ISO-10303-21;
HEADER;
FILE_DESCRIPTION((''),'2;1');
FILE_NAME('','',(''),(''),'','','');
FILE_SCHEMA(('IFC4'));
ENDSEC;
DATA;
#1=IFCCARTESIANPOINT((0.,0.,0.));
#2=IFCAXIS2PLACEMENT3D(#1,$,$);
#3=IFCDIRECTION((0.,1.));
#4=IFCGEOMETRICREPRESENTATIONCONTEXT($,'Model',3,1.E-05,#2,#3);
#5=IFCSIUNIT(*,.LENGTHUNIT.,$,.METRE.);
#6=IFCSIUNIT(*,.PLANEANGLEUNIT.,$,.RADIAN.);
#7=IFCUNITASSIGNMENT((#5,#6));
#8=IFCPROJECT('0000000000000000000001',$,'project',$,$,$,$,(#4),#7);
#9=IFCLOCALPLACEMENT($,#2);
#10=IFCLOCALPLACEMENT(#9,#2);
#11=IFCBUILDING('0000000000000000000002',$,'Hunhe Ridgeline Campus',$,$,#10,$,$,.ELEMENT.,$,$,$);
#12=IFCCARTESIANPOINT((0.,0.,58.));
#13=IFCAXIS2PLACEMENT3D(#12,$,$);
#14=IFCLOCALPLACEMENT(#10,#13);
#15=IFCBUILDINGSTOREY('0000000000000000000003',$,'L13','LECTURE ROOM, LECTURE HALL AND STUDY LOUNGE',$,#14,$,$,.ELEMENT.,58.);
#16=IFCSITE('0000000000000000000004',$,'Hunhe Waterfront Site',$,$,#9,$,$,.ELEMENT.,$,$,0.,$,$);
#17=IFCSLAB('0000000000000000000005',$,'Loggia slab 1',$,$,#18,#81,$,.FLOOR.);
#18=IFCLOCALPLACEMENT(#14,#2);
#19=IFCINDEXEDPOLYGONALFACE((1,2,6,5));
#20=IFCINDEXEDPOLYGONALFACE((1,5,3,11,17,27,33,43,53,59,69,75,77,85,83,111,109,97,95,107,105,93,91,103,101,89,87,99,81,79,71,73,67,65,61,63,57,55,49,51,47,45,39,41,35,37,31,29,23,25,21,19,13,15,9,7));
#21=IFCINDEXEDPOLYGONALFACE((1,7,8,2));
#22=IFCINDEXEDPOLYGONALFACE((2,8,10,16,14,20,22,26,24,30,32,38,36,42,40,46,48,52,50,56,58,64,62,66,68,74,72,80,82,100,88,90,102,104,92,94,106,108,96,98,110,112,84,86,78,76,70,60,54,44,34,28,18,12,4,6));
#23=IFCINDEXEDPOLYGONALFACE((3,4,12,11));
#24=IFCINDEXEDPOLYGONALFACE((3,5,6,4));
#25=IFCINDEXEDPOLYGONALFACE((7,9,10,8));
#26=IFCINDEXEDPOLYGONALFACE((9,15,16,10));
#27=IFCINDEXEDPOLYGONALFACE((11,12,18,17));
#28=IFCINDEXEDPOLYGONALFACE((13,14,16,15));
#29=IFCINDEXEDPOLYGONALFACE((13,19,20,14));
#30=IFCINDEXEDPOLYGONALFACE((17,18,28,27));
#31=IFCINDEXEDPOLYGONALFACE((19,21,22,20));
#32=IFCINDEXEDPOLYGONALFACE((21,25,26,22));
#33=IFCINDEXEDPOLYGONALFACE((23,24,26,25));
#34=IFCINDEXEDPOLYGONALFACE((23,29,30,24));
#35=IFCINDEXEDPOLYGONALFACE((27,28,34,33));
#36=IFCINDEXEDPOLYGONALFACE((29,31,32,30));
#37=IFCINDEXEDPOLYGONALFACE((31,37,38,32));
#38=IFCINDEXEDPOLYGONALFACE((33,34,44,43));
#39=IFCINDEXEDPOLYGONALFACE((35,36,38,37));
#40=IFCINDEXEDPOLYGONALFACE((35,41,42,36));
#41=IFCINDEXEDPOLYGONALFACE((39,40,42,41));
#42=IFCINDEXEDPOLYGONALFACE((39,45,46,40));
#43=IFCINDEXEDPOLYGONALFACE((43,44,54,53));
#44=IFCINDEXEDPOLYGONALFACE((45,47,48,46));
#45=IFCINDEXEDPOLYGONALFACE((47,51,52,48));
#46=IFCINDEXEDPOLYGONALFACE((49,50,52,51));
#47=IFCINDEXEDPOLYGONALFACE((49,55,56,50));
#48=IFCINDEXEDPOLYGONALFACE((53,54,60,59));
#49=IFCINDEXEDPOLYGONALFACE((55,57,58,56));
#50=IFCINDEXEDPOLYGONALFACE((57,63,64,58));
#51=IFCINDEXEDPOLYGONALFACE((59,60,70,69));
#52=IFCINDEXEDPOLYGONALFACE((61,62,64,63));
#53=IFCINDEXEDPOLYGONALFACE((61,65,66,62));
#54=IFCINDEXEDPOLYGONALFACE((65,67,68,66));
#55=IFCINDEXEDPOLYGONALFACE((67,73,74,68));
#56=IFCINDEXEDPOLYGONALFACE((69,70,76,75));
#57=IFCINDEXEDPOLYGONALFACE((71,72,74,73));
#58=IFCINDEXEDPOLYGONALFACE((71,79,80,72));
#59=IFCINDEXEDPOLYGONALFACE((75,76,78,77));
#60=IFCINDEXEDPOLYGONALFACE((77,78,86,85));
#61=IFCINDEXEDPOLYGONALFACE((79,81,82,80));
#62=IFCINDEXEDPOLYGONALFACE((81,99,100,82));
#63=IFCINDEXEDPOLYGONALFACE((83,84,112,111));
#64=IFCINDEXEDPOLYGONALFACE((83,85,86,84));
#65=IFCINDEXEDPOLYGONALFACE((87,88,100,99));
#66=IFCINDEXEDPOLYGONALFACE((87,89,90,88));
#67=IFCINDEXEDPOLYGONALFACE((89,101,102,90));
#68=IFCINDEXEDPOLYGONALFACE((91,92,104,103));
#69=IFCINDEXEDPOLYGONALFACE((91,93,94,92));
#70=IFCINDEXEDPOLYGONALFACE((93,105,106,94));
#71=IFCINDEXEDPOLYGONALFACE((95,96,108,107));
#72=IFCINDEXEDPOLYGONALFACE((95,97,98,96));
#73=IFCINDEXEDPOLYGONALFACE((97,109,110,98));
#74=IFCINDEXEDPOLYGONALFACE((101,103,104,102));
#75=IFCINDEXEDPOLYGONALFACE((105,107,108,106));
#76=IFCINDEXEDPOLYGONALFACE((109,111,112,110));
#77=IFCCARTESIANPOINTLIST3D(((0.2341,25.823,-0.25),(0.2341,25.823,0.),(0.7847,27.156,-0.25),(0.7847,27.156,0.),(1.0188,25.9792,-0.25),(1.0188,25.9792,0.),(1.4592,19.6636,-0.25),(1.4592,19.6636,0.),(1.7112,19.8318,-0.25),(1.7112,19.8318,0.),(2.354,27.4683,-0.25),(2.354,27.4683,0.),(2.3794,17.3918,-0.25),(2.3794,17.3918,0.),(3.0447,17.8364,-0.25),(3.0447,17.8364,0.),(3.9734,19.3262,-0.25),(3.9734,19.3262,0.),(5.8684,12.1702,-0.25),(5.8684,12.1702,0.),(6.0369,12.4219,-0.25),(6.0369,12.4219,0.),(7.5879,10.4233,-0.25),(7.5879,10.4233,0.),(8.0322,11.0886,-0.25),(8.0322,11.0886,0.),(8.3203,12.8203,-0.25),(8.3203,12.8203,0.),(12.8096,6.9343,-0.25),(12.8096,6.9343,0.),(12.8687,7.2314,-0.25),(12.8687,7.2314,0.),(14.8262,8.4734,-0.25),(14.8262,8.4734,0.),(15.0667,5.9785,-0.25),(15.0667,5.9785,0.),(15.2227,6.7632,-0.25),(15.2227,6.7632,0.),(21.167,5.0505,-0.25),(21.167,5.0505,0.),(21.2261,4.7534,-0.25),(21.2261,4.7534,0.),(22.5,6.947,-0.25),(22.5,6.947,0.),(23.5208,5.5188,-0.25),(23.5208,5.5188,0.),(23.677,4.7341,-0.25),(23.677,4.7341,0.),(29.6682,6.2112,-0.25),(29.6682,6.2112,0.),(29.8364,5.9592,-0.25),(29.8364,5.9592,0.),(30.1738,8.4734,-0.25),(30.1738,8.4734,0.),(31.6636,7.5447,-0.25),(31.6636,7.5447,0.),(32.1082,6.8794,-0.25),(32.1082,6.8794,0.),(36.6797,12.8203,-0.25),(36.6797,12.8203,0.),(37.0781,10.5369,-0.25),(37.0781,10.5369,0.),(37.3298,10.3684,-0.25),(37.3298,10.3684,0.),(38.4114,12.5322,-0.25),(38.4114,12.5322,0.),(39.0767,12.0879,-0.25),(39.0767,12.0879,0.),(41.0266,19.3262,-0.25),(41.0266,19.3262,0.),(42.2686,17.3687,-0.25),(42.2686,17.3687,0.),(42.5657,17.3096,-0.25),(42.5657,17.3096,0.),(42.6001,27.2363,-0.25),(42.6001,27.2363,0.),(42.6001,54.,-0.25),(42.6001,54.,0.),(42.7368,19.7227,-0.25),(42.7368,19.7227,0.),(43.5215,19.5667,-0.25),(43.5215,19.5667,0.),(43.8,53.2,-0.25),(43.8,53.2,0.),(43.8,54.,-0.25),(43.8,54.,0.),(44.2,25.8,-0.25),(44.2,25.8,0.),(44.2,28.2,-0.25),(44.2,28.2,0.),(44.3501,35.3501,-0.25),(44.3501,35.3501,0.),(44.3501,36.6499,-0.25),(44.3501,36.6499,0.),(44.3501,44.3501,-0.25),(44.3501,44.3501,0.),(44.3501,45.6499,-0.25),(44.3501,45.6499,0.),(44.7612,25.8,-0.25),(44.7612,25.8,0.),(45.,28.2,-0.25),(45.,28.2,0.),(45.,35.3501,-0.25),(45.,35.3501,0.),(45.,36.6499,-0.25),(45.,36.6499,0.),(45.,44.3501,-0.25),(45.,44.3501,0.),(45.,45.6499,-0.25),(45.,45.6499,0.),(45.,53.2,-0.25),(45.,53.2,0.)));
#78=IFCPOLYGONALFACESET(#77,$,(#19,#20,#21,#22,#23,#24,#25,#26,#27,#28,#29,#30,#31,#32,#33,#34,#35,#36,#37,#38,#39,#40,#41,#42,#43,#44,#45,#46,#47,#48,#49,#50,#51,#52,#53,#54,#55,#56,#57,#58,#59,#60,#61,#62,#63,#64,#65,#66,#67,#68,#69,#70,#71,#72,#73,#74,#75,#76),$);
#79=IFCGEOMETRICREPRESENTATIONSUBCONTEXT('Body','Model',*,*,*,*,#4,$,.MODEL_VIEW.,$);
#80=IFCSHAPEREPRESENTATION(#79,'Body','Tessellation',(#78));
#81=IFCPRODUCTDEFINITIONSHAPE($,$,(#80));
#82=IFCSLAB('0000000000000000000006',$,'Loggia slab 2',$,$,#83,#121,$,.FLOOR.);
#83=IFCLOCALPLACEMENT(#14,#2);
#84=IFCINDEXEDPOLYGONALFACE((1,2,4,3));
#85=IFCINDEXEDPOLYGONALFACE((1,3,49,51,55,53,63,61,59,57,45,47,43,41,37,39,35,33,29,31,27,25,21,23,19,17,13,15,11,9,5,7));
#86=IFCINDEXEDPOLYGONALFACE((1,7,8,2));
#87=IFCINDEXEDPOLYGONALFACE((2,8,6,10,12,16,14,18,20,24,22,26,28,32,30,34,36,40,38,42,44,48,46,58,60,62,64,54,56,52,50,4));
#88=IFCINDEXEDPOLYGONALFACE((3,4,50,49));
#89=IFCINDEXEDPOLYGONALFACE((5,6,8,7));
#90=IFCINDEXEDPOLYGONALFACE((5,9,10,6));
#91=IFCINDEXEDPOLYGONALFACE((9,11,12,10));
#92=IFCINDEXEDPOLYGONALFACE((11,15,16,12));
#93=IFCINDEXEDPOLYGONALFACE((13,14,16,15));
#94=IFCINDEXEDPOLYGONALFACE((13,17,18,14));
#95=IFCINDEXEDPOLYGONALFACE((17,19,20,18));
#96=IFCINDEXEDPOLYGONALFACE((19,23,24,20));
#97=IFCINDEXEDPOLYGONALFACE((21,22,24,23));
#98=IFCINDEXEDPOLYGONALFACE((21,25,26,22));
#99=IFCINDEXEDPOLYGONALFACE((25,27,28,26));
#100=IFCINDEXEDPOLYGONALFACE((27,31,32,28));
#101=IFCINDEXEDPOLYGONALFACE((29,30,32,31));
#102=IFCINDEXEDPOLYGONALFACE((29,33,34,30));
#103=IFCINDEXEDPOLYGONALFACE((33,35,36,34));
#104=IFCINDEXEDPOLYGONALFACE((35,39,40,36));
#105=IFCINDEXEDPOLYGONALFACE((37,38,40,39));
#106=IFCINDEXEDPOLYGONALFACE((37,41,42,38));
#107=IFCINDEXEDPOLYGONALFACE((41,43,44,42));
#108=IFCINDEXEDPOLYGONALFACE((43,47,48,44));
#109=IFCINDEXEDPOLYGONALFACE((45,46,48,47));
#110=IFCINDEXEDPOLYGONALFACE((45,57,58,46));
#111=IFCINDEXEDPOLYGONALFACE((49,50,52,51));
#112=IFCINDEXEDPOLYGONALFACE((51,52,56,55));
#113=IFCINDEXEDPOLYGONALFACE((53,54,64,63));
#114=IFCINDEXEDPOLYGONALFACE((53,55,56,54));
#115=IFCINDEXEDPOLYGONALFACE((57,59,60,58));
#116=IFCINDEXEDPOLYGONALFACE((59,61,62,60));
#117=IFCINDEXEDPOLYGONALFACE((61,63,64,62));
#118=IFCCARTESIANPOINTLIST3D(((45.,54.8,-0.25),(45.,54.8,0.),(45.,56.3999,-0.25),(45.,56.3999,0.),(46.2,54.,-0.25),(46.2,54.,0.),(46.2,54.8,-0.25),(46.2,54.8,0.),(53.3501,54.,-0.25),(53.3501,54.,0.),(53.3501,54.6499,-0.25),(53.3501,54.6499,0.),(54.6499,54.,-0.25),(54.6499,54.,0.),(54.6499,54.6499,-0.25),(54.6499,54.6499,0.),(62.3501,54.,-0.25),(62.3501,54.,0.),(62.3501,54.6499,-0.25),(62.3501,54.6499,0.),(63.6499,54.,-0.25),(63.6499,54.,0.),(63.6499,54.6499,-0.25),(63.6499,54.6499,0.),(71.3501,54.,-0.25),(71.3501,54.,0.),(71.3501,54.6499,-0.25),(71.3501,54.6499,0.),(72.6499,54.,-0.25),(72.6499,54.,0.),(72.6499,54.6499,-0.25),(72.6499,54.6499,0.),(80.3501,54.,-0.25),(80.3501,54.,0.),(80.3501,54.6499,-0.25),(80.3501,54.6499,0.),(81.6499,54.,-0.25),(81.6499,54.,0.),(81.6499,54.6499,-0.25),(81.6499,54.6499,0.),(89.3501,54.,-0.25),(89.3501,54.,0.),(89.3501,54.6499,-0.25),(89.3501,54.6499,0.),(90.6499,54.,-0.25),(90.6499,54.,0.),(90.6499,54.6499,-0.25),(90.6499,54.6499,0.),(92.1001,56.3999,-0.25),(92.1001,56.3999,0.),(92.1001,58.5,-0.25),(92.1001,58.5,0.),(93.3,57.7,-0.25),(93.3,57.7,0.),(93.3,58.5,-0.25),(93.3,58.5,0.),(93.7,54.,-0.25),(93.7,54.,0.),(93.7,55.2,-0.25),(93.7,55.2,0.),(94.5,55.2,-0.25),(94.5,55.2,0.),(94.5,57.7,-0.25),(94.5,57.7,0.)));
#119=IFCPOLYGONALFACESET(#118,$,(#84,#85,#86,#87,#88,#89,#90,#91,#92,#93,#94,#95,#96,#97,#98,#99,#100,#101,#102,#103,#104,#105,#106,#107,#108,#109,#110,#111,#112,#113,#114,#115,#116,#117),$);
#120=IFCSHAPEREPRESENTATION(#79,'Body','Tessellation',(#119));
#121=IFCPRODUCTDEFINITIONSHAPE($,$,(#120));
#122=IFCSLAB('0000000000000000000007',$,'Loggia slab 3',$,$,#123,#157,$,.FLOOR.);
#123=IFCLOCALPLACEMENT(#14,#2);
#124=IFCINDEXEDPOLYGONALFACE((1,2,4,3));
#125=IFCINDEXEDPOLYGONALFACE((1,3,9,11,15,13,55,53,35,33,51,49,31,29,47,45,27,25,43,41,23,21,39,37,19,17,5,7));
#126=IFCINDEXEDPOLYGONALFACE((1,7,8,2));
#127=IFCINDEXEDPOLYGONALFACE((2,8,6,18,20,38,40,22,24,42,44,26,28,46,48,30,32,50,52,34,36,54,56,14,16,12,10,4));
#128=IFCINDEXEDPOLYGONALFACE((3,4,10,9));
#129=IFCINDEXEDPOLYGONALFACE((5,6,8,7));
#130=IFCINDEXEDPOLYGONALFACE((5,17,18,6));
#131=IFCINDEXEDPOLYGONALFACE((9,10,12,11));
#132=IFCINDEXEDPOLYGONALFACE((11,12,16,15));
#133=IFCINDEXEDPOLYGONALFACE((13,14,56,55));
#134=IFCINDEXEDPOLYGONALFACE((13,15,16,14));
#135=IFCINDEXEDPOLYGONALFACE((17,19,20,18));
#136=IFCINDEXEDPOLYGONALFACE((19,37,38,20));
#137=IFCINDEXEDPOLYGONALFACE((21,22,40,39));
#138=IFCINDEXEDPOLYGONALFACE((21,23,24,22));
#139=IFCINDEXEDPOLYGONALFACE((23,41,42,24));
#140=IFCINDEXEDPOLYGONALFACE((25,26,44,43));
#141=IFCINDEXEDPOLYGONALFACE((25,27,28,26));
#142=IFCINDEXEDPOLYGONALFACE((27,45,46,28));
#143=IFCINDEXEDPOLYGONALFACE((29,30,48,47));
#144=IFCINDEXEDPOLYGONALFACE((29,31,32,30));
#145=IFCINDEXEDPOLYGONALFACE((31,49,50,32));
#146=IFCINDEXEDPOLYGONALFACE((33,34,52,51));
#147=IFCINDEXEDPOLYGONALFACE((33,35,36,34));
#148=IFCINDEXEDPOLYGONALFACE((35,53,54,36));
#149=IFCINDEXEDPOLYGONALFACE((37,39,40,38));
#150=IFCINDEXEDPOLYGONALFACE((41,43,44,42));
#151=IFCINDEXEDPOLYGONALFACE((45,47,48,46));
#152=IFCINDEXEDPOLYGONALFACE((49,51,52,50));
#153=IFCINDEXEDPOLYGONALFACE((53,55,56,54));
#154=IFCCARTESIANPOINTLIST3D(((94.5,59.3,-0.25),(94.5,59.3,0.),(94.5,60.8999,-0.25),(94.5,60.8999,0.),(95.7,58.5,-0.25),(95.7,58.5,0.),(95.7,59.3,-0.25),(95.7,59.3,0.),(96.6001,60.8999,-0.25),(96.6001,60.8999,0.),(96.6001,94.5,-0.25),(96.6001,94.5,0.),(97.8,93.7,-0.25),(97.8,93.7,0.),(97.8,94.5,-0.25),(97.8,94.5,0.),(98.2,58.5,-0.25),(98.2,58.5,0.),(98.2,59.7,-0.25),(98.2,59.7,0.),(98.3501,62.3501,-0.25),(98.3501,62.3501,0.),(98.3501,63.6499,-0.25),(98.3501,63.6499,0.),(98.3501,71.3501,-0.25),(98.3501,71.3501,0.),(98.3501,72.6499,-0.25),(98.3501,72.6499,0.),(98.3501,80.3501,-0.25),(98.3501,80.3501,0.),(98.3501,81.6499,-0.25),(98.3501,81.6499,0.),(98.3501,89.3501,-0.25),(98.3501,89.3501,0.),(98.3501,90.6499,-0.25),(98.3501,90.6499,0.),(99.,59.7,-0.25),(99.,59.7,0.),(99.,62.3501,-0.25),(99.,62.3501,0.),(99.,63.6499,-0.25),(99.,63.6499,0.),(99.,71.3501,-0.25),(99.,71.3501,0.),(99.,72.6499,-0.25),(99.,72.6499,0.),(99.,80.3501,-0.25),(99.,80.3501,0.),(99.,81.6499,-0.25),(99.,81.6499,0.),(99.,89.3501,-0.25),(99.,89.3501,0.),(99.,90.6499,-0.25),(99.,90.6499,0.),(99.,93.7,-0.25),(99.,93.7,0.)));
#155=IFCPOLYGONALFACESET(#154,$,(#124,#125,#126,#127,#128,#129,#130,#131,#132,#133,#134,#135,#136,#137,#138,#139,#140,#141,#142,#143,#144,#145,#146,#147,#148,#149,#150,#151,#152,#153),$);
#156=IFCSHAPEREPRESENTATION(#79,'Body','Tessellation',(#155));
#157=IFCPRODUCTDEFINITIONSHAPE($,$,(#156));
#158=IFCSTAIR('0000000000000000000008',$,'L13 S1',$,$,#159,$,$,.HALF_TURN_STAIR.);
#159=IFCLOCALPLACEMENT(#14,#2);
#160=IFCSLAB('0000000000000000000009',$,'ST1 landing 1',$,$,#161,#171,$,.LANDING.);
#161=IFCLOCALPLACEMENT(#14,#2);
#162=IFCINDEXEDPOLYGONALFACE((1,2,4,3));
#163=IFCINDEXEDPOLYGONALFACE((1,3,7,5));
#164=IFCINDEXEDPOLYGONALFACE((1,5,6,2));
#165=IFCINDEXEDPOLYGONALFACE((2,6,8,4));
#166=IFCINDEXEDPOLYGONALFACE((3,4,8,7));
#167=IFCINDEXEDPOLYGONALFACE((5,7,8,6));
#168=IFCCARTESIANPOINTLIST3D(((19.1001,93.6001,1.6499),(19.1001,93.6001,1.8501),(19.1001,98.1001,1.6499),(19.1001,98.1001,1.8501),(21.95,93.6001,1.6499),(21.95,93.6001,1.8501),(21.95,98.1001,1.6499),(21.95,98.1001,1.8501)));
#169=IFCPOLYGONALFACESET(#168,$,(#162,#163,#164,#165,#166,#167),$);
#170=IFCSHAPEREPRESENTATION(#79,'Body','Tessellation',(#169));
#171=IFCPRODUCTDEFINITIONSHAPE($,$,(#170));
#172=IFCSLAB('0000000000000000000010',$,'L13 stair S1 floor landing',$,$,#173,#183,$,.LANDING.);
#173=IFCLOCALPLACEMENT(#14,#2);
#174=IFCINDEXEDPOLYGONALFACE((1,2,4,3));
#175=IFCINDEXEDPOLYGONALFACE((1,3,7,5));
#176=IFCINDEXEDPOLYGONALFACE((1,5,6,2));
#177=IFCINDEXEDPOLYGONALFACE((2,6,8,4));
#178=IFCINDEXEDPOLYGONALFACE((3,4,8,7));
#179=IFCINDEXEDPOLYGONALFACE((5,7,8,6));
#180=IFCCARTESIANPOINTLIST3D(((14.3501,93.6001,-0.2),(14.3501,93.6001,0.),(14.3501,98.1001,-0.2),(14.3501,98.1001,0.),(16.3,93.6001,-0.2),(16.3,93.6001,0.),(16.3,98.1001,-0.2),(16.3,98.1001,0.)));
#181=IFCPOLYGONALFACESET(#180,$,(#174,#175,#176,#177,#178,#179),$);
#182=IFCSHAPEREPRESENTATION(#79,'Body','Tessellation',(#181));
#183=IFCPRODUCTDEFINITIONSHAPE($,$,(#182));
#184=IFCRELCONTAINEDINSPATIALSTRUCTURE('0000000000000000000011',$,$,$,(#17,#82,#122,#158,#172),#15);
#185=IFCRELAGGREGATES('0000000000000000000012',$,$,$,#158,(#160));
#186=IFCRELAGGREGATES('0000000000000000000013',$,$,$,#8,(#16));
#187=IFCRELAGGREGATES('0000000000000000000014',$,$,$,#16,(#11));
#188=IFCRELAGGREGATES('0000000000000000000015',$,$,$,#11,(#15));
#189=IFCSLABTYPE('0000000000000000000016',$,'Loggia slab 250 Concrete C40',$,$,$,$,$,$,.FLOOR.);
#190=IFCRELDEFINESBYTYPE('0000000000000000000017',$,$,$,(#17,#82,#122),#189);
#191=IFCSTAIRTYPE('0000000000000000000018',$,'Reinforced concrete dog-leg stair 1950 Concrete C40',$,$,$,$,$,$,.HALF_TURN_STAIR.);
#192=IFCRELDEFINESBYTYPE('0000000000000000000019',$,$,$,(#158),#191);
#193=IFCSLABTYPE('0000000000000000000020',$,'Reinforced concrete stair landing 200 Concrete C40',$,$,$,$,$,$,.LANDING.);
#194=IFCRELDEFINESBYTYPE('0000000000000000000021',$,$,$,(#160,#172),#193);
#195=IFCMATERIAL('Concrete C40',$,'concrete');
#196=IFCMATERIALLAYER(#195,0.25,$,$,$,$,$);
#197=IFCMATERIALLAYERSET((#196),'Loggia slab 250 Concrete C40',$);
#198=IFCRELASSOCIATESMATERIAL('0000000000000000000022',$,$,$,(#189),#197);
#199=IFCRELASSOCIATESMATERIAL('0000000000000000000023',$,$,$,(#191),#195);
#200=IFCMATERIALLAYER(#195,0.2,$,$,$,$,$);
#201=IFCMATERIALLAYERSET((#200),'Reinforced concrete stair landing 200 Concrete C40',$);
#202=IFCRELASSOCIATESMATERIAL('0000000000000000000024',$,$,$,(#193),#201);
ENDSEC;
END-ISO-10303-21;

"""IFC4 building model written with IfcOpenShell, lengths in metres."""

from ifc_helpers import new_model, si_unit, direction, frame, origin, place, context, subcontext, project, spatial, polyline, outline, extrude, material, layer, layer_set, type_object, element, aggregate, save


model = new_model("IFC4")

# Units and contexts
model_context = context("Model", 3, precision=1e-05, world=origin(), true_north=direction((0.0, 1.0)))
body_context = subcontext(model_context, "Body", "Model", "MODEL_VIEW")
ifc_project = project(units=[si_unit("LENGTHUNIT", "METRE"), si_unit("PLANEANGLEUNIT", "RADIAN")], contexts=[model_context])

# Site, building, storey
site_placement = place(None, origin())
site = spatial("IfcSite", under=ifc_project, at=site_placement, Name="Hunhe Waterfront Site", CompositionType="ELEMENT", RefElevation=0.0)
building_placement = place(site_placement, origin())
building = spatial("IfcBuilding", under=site, at=building_placement, Name="Hunhe Ridgeline Campus", CompositionType="ELEMENT")
storey_placement = place(building_placement, frame((0.0, 0.0, 58.0)))
storey = spatial("IfcBuildingStorey", under=building, at=storey_placement, Name="L13", Description="LECTURE ROOM, LECTURE HALL AND STUDY LOUNGE", CompositionType="ELEMENT", Elevation=58.0)

# Slabs
ifc_material_1 = material(Name="Concrete C40", Category="concrete")
ifc_layer_1 = layer(ifc_material_1, 0.25)
ifc_layer_set_1 = layer_set([ifc_layer_1], Name="Loggia slab 250 Concrete C40")
slab_type_1 = type_object("IfcSlabType", Name="Loggia slab 250 Concrete C40", PredefinedType="FLOOR", material=ifc_layer_set_1)
slab_1_placement = place(storey_placement, frame((0.0, 0.0, -0.25)))
element("IfcSlab", 1, at=slab_1_placement, inside=storey, type_object=slab_type_1, Name="Loggia slab 1", PredefinedType="FLOOR", context=body_context, shape_type="SweptSolid", body=[
    extrude(outline(polyline([(30.1738, 8.4734), (22.5, 6.947), (14.8262, 8.4734), (8.3203, 12.8203), (3.9734, 19.3262), (2.354, 27.4683), (0.7847, 27.156), (1.0188, 25.9792), (0.2341, 25.823), (1.4592, 19.6636), (1.7112, 19.8318), (3.0447, 17.8364), (2.3794, 17.3918), (5.8684, 12.1702), (6.0369, 12.4219), (8.0322, 11.0886), (7.5879, 10.4233), (12.8096, 6.9343), (12.8687, 7.2314), (15.2227, 6.7632), (15.0667, 5.9785), (21.2261, 4.7534), (21.167, 5.0505), (23.5208, 5.5188), (23.677, 4.7341), (29.8364, 5.9592), (29.6682, 6.2112), (31.6636, 7.5447), (32.1082, 6.8794), (37.3298, 10.3684), (37.0781, 10.5369), (38.4114, 12.5322), (39.0767, 12.0879), (42.5657, 17.3096), (42.2686, 17.3687), (42.7368, 19.7227), (43.5215, 19.5667), (44.7612, 25.8), (44.2, 25.8), (44.2, 28.2), (45.0, 28.2), (45.0, 35.3501), (44.3501, 35.3501), (44.3501, 36.6499), (45.0, 36.6499), (45.0, 44.3501), (44.3501, 44.3501), (44.3501, 45.6499), (45.0, 45.6499), (45.0, 53.2), (43.8, 53.2), (43.8, 54.0), (42.6001, 54.0), (42.6001, 27.2363), (41.0266, 19.3262), (36.6797, 12.8203), (30.1738, 8.4734)])), origin(), (0.0, 0.0, 1.0), 0.25),
])
slab_2_placement = place(storey_placement, frame((0.0, 0.0, -0.25)))
element("IfcSlab", 2, at=slab_2_placement, inside=storey, type_object=slab_type_1, Name="Loggia slab 2", PredefinedType="FLOOR", context=body_context, shape_type="SweptSolid", body=[
    extrude(outline(polyline([(45.0, 54.8), (46.2, 54.8), (46.2, 54.0), (53.3501, 54.0), (53.3501, 54.6499), (54.6499, 54.6499), (54.6499, 54.0), (62.3501, 54.0), (62.3501, 54.6499), (63.6499, 54.6499), (63.6499, 54.0), (71.3501, 54.0), (71.3501, 54.6499), (72.6499, 54.6499), (72.6499, 54.0), (80.3501, 54.0), (80.3501, 54.6499), (81.6499, 54.6499), (81.6499, 54.0), (89.3501, 54.0), (89.3501, 54.6499), (90.6499, 54.6499), (90.6499, 54.0), (93.7, 54.0), (93.7, 55.2), (94.5, 55.2), (94.5, 57.7), (93.3, 57.7), (93.3, 58.5), (92.1001, 58.5), (92.1001, 56.3999), (45.0, 56.3999), (45.0, 54.8)])), origin(), (0.0, 0.0, 1.0), 0.25),
])
slab_3_placement = place(storey_placement, frame((0.0, 0.0, -0.25)))
element("IfcSlab", 3, at=slab_3_placement, inside=storey, type_object=slab_type_1, Name="Loggia slab 3", PredefinedType="FLOOR", context=body_context, shape_type="SweptSolid", body=[
    extrude(outline(polyline([(94.5, 59.3), (95.7, 59.3), (95.7, 58.5), (98.2, 58.5), (98.2, 59.7), (99.0, 59.7), (99.0, 62.3501), (98.3501, 62.3501), (98.3501, 63.6499), (99.0, 63.6499), (99.0, 71.3501), (98.3501, 71.3501), (98.3501, 72.6499), (99.0, 72.6499), (99.0, 80.3501), (98.3501, 80.3501), (98.3501, 81.6499), (99.0, 81.6499), (99.0, 89.3501), (98.3501, 89.3501), (98.3501, 90.6499), (99.0, 90.6499), (99.0, 93.7), (97.8, 93.7), (97.8, 94.5), (96.6001, 94.5), (96.6001, 60.8999), (94.5, 60.8999), (94.5, 59.3)])), origin(), (0.0, 0.0, 1.0), 0.25),
])

# Stair, slab
stair_type = type_object("IfcStairType", Name="Reinforced concrete dog-leg stair 1950 Concrete C40", PredefinedType="HALF_TURN_STAIR", material=ifc_material_1)
stair_1_placement = place(storey_placement, origin())
stair_1 = element("IfcStair", 4, at=stair_1_placement, inside=storey, type_object=stair_type, Name="L13 S1", PredefinedType="HALF_TURN_STAIR")
ifc_layer_2 = layer(ifc_material_1, 0.2)
ifc_layer_set_2 = layer_set([ifc_layer_2], Name="Reinforced concrete stair landing 200 Concrete C40")
slab_type_2 = type_object("IfcSlabType", Name="Reinforced concrete stair landing 200 Concrete C40", PredefinedType="LANDING", material=ifc_layer_set_2)
slab_4_placement = place(storey_placement, frame((0.0, 0.0, 1.6499)))
slab_4 = element("IfcSlab", 5, at=slab_4_placement, type_object=slab_type_2, Name="ST1 landing 1", PredefinedType="LANDING", context=body_context, shape_type="SweptSolid", body=[
    extrude(outline(polyline([(19.1001, 93.6001), (21.95, 93.6001), (21.95, 98.1001), (19.1001, 98.1001), (19.1001, 93.6001)])), origin(), (0.0, 0.0, 1.0), 0.2002),
])
aggregate(stair_1, [slab_4])

# Slab
slab_5_placement = place(storey_placement, frame((0.0, 0.0, -0.2)))
element("IfcSlab", 6, at=slab_5_placement, inside=storey, type_object=slab_type_2, Name="L13 stair S1 floor landing", PredefinedType="LANDING", context=body_context, shape_type="SweptSolid", body=[
    extrude(outline(polyline([(14.3501, 93.6001), (16.3, 93.6001), (16.3, 98.1001), (14.3501, 98.1001), (14.3501, 93.6001)])), origin(), (0.0, 0.0, 1.0), 0.2),
])

save(model, "model.ifc")
